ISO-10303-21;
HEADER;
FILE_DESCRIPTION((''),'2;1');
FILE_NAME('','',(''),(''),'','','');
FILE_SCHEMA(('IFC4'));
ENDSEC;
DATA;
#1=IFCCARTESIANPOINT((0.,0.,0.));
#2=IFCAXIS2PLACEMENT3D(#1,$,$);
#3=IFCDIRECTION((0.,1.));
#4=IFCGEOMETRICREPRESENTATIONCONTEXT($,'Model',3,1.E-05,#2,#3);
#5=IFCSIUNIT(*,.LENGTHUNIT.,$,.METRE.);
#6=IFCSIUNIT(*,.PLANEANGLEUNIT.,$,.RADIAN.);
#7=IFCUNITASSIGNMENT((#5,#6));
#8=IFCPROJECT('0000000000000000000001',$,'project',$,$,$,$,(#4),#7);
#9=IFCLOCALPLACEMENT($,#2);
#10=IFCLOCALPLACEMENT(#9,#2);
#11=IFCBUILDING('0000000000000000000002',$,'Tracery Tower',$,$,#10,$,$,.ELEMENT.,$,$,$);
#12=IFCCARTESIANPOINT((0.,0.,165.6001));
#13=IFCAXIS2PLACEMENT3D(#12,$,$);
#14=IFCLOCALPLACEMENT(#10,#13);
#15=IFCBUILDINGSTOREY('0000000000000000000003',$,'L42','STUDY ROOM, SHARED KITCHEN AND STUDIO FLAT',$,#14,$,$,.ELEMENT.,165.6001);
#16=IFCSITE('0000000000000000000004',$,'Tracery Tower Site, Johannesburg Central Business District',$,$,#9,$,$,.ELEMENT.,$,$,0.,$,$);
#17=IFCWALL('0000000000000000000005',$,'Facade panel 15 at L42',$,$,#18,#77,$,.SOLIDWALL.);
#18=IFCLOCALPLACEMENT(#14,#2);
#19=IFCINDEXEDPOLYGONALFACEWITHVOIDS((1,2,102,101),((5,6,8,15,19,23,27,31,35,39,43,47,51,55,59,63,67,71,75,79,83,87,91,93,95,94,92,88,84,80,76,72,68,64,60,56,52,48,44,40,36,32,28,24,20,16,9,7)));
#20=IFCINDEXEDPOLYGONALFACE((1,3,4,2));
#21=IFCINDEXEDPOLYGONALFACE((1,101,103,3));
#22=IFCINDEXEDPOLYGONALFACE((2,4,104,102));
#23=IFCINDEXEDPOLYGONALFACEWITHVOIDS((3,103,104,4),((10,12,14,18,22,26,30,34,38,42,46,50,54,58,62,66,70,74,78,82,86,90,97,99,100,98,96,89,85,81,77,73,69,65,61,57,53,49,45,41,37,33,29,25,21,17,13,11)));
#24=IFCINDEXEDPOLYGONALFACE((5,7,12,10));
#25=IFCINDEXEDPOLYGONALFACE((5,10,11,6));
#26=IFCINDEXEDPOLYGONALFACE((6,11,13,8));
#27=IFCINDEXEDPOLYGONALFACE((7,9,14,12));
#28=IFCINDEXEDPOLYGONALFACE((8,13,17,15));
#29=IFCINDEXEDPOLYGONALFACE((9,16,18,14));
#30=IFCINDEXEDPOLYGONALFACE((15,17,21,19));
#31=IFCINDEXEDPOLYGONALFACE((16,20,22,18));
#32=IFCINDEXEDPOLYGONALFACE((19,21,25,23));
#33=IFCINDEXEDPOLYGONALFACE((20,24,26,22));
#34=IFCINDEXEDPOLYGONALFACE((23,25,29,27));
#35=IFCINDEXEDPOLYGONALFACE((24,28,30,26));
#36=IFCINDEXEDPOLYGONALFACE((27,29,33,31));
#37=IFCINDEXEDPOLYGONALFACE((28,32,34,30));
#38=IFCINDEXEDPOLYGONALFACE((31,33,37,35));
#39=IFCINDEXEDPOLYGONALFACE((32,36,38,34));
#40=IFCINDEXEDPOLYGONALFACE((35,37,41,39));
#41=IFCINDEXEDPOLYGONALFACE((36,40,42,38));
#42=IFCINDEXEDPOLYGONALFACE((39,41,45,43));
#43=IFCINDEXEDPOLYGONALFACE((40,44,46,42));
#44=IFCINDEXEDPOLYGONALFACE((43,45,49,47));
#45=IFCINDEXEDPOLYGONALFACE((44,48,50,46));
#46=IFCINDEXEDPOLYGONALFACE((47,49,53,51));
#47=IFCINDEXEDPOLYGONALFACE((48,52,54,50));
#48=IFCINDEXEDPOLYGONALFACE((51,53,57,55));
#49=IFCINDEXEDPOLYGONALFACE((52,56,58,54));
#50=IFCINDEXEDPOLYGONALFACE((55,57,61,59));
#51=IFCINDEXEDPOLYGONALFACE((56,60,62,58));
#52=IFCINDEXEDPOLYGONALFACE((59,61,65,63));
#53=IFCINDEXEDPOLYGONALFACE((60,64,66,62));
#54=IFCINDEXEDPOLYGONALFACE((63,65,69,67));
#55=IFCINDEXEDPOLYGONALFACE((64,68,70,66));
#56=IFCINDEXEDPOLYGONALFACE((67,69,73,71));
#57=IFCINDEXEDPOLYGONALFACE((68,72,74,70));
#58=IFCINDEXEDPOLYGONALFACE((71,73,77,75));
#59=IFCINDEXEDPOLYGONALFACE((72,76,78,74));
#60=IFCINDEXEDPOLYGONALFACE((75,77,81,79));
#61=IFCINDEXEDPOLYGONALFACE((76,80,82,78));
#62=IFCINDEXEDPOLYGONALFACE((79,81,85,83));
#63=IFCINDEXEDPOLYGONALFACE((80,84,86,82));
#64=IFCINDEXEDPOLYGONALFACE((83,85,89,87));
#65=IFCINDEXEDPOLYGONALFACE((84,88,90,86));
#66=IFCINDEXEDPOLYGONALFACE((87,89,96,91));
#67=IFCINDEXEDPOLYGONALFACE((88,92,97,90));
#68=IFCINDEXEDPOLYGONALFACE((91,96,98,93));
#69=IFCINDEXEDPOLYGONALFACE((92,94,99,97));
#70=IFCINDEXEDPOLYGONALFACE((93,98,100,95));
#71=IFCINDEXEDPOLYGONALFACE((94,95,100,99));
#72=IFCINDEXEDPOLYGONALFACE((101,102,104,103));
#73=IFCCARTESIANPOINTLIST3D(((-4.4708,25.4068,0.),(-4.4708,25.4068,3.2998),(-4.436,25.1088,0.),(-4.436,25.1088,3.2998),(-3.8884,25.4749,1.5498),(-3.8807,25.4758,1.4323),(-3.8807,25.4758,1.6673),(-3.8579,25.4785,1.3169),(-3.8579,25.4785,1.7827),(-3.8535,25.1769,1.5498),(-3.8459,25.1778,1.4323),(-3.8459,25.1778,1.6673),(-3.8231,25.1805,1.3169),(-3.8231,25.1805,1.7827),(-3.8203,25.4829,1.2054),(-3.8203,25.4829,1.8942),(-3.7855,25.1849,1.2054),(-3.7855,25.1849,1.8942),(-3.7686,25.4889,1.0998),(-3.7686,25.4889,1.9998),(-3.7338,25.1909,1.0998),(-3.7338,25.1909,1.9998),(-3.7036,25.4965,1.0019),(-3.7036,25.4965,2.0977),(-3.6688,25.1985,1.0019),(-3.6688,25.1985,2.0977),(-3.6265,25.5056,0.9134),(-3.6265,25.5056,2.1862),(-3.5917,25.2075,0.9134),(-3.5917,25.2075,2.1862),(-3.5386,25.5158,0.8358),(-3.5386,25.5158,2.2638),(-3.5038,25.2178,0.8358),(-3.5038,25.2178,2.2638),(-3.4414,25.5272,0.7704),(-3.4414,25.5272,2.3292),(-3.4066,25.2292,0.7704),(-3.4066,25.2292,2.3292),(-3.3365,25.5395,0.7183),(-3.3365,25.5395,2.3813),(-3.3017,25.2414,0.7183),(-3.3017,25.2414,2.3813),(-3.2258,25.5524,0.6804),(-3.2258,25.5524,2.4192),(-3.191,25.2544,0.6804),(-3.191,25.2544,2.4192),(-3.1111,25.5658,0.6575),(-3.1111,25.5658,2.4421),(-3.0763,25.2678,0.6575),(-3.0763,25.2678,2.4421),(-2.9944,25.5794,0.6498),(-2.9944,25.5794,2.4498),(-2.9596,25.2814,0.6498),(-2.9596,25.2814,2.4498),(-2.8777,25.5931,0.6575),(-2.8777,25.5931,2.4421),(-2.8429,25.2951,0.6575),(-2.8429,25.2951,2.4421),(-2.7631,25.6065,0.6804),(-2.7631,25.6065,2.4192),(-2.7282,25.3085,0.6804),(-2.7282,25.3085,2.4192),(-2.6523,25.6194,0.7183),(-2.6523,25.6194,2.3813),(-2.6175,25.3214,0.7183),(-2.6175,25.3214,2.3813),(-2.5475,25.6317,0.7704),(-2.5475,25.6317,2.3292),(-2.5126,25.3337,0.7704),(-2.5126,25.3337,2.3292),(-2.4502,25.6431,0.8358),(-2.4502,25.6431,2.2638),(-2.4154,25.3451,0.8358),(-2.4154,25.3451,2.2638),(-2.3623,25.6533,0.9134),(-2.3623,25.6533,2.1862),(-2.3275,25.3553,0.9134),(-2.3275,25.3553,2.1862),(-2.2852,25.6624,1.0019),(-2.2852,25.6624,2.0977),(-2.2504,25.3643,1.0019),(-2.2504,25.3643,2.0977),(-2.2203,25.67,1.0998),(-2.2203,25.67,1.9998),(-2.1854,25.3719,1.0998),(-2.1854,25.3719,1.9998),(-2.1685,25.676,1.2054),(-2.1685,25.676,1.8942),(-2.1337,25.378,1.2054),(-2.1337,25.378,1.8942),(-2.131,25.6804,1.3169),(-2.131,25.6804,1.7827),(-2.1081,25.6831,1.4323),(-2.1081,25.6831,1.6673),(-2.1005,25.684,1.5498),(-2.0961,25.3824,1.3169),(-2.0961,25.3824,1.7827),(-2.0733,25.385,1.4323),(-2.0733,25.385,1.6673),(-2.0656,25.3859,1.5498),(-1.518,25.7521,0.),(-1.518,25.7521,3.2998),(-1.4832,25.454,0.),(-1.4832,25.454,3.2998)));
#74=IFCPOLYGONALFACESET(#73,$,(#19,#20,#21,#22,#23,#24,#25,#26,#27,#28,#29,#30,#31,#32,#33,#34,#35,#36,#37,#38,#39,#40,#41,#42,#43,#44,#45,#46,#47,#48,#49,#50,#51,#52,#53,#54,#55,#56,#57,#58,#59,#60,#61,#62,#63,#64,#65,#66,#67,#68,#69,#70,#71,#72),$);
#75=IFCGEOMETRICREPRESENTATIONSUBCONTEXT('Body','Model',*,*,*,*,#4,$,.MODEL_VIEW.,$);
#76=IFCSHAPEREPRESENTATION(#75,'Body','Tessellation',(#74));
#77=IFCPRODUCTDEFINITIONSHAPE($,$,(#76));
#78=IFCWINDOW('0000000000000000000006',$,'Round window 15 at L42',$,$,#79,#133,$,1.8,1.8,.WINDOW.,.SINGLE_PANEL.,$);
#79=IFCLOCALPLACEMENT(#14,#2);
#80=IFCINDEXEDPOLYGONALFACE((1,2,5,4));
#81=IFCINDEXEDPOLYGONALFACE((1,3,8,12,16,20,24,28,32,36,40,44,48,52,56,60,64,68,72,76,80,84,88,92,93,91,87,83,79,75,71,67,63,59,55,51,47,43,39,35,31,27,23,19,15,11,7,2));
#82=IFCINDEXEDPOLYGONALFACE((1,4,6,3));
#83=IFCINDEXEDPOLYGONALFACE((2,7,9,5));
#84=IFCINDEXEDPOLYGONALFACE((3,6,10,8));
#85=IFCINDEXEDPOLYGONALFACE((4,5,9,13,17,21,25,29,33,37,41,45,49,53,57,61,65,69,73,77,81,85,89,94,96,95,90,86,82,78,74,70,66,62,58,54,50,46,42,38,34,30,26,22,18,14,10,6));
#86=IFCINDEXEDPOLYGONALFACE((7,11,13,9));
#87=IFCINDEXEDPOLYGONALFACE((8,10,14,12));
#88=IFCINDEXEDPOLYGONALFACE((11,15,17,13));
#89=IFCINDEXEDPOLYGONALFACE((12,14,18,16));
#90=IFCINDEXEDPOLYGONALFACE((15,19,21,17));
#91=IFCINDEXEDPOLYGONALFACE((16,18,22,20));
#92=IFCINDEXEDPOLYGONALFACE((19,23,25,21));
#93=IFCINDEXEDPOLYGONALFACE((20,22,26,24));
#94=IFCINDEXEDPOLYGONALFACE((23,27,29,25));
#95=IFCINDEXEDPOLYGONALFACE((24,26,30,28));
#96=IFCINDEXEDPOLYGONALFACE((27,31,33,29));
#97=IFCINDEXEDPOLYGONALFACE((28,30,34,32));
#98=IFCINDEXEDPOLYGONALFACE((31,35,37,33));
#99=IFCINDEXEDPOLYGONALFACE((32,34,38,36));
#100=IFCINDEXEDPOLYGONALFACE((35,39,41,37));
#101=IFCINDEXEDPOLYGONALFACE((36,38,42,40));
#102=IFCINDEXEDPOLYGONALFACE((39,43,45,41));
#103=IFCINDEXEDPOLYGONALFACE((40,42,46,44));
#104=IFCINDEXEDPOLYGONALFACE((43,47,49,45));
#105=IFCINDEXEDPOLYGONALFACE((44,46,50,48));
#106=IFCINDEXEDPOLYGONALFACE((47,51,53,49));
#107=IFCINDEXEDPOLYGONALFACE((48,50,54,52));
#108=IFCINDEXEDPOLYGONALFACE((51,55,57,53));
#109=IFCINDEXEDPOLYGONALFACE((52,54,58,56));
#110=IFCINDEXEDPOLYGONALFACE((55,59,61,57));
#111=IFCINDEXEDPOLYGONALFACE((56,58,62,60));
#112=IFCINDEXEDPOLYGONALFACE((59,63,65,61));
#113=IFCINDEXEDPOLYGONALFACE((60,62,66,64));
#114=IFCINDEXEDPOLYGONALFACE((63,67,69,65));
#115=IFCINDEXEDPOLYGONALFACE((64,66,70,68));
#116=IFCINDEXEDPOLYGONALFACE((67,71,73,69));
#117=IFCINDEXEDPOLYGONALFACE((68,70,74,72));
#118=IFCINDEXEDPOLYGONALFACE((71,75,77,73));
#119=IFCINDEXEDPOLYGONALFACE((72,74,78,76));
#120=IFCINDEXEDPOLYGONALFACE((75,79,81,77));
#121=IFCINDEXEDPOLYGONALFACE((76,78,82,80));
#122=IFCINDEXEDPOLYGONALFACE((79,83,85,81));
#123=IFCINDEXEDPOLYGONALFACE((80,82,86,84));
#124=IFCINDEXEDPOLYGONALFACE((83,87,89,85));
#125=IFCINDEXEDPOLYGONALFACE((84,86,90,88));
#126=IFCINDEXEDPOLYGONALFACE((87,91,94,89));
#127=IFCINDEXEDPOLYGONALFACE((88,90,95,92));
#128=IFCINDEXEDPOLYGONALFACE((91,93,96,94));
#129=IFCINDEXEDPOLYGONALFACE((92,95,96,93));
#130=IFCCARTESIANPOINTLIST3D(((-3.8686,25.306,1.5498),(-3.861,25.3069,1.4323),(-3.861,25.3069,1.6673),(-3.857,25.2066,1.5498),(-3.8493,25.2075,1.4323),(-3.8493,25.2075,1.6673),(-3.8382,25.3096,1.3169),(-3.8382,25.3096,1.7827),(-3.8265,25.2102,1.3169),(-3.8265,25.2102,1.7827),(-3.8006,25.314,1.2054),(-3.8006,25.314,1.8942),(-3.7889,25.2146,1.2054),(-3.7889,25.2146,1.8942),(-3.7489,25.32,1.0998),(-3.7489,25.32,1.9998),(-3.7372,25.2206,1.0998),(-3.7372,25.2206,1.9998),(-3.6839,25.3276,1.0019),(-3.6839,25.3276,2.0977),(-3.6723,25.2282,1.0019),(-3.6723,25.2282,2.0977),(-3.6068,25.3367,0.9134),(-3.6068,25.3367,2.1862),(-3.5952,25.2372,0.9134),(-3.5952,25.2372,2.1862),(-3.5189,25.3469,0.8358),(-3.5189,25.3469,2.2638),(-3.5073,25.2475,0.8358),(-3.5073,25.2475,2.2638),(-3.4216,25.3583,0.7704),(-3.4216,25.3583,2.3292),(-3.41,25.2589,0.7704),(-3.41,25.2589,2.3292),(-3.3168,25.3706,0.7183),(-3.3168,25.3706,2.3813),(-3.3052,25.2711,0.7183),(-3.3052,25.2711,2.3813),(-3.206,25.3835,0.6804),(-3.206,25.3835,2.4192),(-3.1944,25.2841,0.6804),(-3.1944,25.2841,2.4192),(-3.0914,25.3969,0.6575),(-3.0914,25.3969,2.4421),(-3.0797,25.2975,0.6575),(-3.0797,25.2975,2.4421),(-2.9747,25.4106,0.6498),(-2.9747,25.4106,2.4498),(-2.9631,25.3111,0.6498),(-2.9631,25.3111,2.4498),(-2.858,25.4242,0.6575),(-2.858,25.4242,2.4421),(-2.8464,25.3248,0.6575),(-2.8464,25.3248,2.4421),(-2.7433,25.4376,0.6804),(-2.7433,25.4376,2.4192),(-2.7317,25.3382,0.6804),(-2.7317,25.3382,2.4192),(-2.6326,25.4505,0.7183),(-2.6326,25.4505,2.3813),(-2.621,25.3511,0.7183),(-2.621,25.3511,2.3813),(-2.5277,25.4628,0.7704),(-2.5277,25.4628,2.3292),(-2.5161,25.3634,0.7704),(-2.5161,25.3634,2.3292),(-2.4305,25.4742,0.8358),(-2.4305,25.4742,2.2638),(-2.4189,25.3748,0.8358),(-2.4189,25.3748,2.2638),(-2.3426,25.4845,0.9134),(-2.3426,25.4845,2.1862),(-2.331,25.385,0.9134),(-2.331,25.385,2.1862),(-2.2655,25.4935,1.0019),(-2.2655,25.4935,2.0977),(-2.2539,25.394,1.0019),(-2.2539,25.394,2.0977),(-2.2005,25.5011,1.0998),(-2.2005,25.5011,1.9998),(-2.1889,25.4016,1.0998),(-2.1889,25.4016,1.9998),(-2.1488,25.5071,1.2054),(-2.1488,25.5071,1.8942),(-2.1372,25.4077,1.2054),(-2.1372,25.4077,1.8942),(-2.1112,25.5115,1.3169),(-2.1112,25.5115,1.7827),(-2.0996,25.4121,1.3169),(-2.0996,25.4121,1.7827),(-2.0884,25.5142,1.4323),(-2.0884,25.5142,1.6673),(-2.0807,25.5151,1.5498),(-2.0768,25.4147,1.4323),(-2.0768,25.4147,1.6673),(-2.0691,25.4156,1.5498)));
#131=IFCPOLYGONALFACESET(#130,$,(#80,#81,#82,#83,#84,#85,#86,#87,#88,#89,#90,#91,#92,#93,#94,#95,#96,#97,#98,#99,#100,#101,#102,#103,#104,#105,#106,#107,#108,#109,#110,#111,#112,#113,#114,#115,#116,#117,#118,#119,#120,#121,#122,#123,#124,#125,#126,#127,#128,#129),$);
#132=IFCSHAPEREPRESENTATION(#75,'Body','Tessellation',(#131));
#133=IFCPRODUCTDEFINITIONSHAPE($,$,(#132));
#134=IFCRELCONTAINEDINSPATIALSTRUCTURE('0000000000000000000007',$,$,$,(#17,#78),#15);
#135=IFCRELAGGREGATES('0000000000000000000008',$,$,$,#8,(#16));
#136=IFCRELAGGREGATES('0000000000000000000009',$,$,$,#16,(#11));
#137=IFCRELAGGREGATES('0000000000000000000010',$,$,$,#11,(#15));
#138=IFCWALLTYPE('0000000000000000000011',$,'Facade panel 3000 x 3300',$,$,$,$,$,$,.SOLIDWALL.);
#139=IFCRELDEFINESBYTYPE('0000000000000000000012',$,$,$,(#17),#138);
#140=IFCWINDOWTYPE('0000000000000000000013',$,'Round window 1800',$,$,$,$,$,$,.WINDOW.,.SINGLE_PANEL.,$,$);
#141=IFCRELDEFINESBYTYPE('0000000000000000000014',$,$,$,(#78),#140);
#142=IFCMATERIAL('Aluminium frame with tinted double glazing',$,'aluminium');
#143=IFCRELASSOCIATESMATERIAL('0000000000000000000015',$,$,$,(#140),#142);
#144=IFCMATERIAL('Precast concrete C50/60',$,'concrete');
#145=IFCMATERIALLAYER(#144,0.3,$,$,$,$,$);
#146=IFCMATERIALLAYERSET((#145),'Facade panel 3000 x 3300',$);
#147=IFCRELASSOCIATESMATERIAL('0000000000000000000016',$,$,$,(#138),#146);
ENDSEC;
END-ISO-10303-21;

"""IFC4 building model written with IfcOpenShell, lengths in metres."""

from ifc_helpers import new_model, si_unit, direction, frame, frame_2d, origin, origin_2d, place, context, subcontext, project, spatial, rectangle, circle, extrude, material, layer, layer_set, type_object, element, fill, save


model = new_model("IFC4")

# Units and contexts
model_context = context("Model", 3, precision=1e-05, world=origin(), true_north=direction((0.0, 1.0)))
body_context = subcontext(model_context, "Body", "Model", "MODEL_VIEW")
ifc_project = project(units=[si_unit("LENGTHUNIT", "METRE"), si_unit("PLANEANGLEUNIT", "RADIAN")], contexts=[model_context])

# Site, building, storey
site_placement = place(None, origin())
site = spatial("IfcSite", under=ifc_project, at=site_placement, Name="Tracery Tower Site, Johannesburg Central Business District", CompositionType="ELEMENT", RefElevation=0.0)
building_placement = place(site_placement, origin())
building = spatial("IfcBuilding", under=site, at=building_placement, Name="Tracery Tower", CompositionType="ELEMENT")
storey_placement = place(building_placement, frame((0.0, 0.0, 165.6001)))
storey = spatial("IfcBuildingStorey", under=building, at=storey_placement, Name="L42", Description="STUDY ROOM, SHARED KITCHEN AND STUDIO FLAT", CompositionType="ELEMENT", Elevation=165.6001)

# Wall, opening, window
ifc_material_1 = material(Name="Aluminium frame with tinted double glazing", Category="aluminium")
window_type = type_object("IfcWindowType", Name="Round window 1800", PartitioningType="SINGLE_PANEL", PredefinedType="WINDOW", material=ifc_material_1)
ifc_material_2 = material(Name="Precast concrete C50/60", Category="concrete")
ifc_layer_1 = layer(ifc_material_2, 0.3)
ifc_layer_set_1 = layer_set([ifc_layer_1], Name="Facade panel 3000 x 3300")
wall_type_1 = type_object("IfcWallType", Name="Facade panel 3000 x 3300", PredefinedType="SOLIDWALL", material=ifc_layer_set_1)
wall_1_placement = place(storey_placement, frame((-1.5007, 25.603, 0.0), z_axis=(0.0, 0.0, 1.0), x_axis=(-0.993236, -0.116117, 0.0)))
wall_1 = element("IfcWall", 1, at=wall_1_placement, inside=storey, type_object=wall_type_1, Name="Facade panel 15 at L42", PredefinedType="SOLIDWALL", context=body_context, shape_type="SweptSolid", body=[
    extrude(rectangle(XDim=2.9729, YDim=0.3, at=frame_2d((1.4863, 0.0))), origin(), (0.0, 0.0, 1.0), 3.2998),
])
opening_1_placement = place(wall_1_placement, frame((1.4863, 0.0, 1.5498)))
opening_1 = element("IfcOpeningElement", 2, at=opening_1_placement, cuts=wall_1, PredefinedType="OPENING", context=body_context, shape_type="SweptSolid", body=[
    extrude(circle(Radius=0.9, at=origin_2d()), frame((0.0, 0.1599, 0.0), z_axis=(0.0, -1.0, 0.0), x_axis=(1.0, 0.0, 0.0)), (0.0, 0.0, 1.0), 0.3201),
])
window_1_placement = place(opening_1_placement, origin())
window_1 = element("IfcWindow", 3, at=window_1_placement, inside=storey, type_object=window_type, Name="Round window 15 at L42", OverallHeight=1.8, OverallWidth=1.8, PartitioningType="SINGLE_PANEL", PredefinedType="WINDOW", context=body_context, shape_type="SweptSolid", body=[
    extrude(circle(Radius=0.9, at=origin_2d()), frame((0.0, 0.1201, 0.0), z_axis=(0.0, -1.0, 0.0), x_axis=(1.0, 0.0, 0.0)), (0.0, 0.0, 1.0), 0.1001),
])
fill(opening_1, window_1)

save(model, "model.ifc")
